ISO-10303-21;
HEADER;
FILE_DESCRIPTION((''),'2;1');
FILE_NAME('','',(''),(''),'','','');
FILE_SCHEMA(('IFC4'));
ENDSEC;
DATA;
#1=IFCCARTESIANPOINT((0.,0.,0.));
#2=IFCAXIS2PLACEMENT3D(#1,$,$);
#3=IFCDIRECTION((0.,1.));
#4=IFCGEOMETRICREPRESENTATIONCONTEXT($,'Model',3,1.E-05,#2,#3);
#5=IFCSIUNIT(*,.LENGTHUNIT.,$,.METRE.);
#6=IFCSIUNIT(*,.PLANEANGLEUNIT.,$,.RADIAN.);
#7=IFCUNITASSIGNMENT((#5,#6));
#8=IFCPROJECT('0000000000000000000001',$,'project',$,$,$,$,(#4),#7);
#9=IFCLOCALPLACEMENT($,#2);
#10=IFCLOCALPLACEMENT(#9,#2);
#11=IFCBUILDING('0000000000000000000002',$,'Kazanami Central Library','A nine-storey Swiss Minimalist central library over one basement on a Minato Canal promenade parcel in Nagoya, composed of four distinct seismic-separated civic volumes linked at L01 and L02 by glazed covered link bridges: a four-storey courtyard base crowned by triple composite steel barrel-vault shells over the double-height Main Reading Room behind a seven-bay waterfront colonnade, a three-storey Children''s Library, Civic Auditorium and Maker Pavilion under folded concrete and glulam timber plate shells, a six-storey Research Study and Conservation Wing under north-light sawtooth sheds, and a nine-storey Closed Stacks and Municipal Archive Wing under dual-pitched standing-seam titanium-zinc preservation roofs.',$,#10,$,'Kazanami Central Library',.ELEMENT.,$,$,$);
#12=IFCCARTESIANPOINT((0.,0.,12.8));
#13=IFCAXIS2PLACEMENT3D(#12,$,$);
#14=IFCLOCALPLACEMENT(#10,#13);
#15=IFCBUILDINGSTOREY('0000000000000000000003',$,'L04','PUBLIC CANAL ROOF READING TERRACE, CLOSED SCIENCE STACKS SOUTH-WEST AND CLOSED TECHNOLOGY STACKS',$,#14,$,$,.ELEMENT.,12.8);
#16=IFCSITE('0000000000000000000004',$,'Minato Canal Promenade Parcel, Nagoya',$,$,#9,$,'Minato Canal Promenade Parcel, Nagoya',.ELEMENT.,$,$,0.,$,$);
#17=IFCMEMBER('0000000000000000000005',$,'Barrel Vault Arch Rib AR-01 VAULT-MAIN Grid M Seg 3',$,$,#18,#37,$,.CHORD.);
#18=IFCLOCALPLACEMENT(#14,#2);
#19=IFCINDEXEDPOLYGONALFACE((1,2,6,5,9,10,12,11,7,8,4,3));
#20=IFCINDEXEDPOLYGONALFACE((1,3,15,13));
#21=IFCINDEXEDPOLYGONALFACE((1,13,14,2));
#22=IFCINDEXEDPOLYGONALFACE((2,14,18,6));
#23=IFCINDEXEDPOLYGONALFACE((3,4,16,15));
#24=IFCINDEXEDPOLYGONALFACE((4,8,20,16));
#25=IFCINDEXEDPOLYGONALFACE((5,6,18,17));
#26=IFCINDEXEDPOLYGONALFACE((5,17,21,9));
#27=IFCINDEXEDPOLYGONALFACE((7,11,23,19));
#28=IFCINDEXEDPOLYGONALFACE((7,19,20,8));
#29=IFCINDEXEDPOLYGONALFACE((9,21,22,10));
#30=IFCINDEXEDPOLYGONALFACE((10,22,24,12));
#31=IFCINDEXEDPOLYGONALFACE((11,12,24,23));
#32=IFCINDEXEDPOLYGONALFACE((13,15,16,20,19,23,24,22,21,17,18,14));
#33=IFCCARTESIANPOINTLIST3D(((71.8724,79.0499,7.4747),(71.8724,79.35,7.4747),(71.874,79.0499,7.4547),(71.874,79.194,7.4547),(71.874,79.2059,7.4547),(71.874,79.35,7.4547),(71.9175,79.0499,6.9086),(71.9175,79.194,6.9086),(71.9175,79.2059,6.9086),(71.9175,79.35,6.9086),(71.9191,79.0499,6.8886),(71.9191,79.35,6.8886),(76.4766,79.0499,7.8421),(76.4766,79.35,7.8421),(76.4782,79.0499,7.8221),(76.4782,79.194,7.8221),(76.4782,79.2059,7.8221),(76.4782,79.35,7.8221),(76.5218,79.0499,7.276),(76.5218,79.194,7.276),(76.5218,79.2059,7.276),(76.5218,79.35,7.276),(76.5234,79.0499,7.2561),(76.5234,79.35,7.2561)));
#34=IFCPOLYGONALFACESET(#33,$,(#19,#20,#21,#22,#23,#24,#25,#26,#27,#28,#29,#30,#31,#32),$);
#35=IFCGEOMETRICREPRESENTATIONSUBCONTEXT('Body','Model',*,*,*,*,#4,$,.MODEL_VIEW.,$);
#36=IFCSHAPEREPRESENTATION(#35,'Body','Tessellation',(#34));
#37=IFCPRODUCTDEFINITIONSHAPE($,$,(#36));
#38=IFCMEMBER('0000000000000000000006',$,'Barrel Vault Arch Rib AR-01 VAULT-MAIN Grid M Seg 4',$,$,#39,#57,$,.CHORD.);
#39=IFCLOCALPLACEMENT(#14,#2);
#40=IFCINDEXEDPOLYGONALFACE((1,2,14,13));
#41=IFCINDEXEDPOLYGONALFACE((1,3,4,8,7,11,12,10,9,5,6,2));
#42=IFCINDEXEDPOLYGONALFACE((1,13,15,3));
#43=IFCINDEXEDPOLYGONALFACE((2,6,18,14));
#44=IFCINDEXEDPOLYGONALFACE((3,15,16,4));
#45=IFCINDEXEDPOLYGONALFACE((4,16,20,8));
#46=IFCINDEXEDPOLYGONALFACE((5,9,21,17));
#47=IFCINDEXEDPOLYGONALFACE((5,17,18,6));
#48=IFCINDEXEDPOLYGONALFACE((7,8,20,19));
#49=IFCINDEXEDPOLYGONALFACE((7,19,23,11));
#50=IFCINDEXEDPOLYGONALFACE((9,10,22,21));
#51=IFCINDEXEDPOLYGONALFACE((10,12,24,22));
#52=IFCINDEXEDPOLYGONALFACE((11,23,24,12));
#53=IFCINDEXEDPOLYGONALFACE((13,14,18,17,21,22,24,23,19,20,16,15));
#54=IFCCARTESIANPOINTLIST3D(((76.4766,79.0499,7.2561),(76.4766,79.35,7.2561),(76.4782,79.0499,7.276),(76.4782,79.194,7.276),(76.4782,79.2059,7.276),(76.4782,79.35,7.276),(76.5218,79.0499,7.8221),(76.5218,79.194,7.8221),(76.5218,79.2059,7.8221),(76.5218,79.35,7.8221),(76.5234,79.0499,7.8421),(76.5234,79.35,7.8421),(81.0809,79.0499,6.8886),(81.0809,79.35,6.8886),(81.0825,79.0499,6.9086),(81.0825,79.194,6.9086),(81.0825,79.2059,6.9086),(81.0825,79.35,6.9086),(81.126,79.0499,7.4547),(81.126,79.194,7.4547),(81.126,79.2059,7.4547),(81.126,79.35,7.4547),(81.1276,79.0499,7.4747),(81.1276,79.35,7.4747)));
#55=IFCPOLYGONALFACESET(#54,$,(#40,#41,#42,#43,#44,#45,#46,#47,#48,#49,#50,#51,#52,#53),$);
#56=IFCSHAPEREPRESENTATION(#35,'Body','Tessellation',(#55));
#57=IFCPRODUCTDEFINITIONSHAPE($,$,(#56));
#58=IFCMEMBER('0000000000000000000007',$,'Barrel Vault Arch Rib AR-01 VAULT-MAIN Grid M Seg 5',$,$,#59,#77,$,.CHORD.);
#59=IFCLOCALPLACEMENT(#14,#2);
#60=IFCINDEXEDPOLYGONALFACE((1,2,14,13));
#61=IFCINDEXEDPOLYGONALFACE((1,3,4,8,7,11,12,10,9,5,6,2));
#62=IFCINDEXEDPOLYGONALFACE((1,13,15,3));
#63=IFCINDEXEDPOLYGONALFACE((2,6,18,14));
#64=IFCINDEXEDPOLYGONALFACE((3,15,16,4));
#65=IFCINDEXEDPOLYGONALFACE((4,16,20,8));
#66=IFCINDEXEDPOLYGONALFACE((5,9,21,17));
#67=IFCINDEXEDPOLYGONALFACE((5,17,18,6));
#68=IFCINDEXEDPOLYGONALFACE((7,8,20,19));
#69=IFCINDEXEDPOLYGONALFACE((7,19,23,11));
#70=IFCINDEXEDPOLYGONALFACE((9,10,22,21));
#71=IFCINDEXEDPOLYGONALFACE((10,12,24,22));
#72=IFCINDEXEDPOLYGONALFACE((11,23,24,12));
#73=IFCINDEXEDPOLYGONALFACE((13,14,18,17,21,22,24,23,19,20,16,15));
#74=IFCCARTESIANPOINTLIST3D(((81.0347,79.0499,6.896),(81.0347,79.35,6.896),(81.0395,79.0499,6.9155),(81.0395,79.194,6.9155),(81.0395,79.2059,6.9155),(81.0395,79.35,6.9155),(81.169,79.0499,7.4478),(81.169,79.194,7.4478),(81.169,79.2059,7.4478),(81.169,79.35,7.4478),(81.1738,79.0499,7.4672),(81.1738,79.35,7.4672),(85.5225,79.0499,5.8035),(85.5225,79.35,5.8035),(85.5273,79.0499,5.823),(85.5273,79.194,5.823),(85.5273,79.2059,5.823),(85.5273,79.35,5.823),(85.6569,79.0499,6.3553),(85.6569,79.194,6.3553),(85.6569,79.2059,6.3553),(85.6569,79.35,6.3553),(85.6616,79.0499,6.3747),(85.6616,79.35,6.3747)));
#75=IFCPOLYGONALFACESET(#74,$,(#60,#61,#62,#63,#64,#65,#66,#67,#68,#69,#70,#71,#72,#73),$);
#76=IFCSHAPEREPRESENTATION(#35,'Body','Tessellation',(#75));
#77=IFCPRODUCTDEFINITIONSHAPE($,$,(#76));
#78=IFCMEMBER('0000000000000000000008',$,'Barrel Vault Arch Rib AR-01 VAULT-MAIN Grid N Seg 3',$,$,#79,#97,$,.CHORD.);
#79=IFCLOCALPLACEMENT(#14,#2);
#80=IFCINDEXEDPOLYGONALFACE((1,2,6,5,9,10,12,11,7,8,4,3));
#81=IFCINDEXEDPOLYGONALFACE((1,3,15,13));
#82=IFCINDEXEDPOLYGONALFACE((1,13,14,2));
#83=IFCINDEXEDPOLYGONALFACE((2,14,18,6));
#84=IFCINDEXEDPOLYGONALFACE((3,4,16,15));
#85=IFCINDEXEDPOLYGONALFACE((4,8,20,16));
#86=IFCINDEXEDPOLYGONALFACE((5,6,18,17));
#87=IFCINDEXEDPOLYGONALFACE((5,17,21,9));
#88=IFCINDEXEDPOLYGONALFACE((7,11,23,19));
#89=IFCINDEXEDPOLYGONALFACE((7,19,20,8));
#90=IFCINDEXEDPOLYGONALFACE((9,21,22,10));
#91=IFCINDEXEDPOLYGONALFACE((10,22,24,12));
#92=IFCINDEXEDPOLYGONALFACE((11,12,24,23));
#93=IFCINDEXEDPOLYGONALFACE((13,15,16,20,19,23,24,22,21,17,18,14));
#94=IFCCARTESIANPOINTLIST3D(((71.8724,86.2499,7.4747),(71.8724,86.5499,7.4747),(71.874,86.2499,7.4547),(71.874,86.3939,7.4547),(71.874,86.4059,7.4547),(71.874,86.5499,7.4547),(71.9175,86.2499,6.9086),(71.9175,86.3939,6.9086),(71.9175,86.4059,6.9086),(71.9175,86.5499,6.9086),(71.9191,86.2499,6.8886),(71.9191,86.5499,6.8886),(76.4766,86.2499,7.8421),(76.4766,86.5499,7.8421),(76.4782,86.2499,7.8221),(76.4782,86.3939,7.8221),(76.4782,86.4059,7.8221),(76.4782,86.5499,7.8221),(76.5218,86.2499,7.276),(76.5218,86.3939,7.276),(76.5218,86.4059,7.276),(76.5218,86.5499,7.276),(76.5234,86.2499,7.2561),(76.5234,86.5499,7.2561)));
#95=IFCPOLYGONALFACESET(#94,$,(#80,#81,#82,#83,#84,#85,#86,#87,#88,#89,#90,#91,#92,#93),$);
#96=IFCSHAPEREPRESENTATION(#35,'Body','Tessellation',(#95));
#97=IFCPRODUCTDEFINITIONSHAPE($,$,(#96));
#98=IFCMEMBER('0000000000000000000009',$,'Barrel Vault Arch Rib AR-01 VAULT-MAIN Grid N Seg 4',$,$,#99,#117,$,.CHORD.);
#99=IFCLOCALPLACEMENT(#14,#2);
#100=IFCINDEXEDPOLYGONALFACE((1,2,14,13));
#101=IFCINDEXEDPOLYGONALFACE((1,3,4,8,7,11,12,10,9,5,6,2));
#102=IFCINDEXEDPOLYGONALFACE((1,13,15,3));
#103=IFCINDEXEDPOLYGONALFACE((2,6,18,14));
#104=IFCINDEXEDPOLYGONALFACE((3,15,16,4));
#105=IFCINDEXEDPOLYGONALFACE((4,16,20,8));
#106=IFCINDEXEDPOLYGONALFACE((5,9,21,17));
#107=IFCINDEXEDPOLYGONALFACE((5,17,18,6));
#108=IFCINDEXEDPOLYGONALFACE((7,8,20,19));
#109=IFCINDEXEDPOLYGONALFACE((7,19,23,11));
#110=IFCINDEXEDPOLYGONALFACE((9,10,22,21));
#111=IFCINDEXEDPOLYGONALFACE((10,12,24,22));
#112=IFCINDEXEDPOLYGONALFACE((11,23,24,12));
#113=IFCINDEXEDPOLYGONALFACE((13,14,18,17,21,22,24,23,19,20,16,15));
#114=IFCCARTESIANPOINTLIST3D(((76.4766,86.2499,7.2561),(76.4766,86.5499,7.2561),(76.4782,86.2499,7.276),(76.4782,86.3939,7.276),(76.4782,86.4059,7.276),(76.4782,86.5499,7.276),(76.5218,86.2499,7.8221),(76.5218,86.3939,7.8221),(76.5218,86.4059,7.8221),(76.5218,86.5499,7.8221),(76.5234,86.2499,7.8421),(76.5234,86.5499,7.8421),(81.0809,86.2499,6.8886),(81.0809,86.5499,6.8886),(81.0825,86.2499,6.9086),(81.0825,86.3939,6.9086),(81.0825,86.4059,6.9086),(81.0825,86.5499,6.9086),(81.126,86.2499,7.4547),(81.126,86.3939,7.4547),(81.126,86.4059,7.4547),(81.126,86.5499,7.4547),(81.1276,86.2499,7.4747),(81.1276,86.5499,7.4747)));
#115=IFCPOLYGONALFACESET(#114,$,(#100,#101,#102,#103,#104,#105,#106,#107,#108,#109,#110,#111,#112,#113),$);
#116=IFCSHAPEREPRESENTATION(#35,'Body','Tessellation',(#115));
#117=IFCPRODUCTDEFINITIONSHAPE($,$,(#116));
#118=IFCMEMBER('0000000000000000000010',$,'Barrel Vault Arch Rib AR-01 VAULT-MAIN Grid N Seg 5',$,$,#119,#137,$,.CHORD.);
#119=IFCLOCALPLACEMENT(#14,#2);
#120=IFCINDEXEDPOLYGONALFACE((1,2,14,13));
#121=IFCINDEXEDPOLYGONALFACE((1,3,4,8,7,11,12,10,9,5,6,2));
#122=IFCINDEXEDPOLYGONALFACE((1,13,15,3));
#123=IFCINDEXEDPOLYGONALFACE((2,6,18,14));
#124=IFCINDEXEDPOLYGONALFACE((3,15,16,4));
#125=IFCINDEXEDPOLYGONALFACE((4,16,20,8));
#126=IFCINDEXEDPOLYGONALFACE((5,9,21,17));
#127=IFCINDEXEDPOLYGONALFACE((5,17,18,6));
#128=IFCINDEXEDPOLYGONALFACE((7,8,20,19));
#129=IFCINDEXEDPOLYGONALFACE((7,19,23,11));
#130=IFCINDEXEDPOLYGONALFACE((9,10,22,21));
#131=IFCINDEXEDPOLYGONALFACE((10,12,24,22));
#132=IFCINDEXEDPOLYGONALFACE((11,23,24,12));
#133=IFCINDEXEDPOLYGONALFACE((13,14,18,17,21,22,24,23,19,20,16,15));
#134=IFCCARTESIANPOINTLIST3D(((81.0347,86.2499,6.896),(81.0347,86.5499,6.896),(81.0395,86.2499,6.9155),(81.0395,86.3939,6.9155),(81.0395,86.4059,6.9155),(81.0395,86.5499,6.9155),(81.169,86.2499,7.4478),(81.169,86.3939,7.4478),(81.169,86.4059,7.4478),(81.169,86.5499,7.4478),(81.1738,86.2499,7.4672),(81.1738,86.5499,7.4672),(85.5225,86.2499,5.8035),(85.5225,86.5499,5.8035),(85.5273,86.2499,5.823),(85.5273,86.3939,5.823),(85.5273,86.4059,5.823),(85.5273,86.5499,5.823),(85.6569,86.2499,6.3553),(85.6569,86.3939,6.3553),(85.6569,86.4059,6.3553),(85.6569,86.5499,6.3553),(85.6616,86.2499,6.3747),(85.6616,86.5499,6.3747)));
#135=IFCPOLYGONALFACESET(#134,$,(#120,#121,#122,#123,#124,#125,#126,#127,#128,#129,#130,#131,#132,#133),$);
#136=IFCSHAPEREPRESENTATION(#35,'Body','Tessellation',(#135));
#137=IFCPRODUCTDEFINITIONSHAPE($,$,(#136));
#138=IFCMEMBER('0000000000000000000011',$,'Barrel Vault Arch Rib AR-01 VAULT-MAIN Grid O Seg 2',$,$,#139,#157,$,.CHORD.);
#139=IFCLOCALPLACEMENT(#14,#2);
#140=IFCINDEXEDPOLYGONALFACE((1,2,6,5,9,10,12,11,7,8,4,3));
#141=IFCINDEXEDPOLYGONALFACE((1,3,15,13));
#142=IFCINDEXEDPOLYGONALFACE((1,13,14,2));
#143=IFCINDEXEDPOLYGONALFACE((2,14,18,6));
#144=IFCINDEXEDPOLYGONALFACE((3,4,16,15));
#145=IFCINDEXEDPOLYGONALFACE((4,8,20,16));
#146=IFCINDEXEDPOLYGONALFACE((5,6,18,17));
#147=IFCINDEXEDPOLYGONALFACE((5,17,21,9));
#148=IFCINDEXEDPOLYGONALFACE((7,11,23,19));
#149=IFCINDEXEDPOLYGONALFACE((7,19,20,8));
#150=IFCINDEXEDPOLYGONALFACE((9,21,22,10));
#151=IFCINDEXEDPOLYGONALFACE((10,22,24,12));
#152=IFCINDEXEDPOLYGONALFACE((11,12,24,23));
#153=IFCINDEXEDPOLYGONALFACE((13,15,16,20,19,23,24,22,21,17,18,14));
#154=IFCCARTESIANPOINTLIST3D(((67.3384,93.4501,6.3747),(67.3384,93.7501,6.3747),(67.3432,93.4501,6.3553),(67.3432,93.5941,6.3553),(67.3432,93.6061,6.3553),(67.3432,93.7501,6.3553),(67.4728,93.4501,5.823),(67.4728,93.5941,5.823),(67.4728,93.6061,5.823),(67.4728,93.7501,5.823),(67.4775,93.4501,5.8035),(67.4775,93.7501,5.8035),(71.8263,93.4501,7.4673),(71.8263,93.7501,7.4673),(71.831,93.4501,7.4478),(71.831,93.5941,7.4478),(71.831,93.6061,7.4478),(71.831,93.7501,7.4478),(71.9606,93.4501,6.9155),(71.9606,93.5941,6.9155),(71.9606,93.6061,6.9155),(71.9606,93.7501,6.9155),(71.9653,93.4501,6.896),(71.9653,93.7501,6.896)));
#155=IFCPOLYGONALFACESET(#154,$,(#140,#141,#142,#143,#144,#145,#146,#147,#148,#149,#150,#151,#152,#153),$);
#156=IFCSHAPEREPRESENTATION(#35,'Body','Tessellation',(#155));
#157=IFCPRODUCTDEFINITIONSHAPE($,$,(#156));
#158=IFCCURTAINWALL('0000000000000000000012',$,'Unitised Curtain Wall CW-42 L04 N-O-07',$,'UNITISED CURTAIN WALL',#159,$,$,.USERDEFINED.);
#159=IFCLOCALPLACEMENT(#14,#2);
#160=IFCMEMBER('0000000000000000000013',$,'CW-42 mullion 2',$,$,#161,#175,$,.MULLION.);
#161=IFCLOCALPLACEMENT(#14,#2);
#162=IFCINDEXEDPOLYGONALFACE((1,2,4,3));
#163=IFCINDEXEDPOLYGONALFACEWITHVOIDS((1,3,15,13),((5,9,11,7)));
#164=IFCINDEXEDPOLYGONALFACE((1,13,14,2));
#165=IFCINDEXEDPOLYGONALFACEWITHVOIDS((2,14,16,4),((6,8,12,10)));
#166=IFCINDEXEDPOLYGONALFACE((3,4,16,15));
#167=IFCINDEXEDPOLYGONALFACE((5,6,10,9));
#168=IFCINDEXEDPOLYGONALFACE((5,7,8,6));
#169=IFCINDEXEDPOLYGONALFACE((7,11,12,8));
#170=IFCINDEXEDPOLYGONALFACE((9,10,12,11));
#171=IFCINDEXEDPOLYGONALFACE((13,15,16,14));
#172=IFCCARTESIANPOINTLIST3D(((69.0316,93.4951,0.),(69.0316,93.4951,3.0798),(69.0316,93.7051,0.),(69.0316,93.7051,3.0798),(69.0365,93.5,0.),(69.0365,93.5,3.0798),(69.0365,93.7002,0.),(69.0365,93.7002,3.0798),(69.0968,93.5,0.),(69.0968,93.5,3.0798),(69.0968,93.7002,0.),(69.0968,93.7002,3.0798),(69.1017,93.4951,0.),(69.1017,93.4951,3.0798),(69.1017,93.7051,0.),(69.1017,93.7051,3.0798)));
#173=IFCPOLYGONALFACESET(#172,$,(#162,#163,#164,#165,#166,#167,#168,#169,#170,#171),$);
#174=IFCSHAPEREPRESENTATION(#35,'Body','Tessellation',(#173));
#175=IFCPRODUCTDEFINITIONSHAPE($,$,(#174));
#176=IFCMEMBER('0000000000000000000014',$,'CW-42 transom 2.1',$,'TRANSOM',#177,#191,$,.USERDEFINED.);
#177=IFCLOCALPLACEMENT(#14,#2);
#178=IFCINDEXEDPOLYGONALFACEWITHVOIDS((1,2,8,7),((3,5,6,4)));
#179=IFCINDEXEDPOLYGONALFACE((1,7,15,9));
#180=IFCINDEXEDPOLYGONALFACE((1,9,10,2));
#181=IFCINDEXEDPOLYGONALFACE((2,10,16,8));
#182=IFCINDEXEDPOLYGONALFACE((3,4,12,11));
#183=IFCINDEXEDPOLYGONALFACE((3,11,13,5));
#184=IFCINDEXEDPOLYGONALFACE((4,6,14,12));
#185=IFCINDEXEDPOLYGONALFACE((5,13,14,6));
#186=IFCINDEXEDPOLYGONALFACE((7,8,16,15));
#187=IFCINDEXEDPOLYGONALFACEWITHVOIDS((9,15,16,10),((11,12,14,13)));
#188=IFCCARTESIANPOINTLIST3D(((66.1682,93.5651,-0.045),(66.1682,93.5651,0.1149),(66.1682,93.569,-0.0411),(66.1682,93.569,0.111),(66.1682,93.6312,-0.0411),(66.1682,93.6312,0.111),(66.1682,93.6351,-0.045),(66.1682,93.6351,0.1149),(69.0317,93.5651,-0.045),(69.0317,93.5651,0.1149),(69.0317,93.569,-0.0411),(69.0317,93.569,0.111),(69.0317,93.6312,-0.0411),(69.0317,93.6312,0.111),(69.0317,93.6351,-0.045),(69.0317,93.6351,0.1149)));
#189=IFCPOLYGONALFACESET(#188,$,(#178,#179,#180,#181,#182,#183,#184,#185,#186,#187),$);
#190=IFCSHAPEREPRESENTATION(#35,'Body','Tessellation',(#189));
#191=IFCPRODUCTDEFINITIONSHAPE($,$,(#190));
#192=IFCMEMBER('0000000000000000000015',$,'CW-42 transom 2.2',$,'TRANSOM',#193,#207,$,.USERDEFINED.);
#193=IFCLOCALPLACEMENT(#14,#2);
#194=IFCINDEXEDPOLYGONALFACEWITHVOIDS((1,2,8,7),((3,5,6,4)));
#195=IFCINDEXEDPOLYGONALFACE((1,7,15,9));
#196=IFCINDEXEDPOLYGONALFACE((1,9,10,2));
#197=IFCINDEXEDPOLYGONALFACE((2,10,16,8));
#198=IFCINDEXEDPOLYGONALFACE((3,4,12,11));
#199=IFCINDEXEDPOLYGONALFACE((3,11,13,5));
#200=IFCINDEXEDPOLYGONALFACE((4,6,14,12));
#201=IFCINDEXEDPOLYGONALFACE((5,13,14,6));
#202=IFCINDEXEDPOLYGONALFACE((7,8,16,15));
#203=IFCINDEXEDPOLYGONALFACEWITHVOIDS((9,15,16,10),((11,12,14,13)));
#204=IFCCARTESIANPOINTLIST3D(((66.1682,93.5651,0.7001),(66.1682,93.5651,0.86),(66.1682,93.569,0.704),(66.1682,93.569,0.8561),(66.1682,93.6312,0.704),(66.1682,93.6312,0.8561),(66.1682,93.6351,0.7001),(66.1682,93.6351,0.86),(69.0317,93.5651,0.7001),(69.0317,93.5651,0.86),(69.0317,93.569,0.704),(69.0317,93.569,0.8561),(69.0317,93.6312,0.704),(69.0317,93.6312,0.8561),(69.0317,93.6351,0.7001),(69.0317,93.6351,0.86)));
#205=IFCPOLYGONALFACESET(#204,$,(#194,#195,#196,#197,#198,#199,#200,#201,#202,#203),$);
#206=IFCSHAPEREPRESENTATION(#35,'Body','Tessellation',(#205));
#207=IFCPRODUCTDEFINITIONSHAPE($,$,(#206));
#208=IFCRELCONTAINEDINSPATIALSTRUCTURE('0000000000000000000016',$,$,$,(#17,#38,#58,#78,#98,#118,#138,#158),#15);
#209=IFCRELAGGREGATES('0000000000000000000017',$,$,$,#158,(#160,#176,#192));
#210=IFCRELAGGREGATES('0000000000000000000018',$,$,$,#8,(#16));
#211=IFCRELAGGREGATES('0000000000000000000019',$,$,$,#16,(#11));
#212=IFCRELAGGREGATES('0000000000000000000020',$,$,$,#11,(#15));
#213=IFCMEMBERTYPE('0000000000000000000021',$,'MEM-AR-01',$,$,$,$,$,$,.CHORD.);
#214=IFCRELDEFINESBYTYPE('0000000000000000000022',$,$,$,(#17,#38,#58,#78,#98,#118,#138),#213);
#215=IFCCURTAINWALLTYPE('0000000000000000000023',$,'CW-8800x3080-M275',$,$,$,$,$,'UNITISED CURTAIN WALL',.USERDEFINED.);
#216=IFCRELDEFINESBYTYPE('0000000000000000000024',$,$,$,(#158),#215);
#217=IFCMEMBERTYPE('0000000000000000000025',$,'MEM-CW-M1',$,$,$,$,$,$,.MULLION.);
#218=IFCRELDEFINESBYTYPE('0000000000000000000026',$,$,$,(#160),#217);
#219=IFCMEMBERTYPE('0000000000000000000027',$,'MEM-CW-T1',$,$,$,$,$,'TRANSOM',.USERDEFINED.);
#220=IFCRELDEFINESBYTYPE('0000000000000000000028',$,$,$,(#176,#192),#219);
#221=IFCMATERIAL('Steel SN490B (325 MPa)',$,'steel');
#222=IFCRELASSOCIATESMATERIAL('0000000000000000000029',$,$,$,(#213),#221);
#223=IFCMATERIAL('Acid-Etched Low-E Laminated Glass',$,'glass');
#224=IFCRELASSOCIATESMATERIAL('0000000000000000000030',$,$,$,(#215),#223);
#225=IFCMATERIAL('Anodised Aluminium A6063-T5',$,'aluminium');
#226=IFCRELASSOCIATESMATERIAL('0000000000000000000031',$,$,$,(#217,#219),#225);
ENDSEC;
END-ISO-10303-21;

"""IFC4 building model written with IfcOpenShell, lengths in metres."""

from ifc_helpers import new_model, si_unit, direction, frame, origin, origin_2d, place, context, subcontext, project, spatial, hollow_rectangle, i_section, extrude, material, material_profile, profile_set, type_object, element, aggregate, save


model = new_model("IFC4")

# Units and contexts
model_context = context("Model", 3, precision=1e-05, world=origin(), true_north=direction((0.0, 1.0)))
body_context = subcontext(model_context, "Body", "Model", "MODEL_VIEW")
ifc_project = project(units=[si_unit("LENGTHUNIT", "METRE"), si_unit("PLANEANGLEUNIT", "RADIAN")], contexts=[model_context])

# Site, building, storey
site_placement = place(None, origin())
site = spatial("IfcSite", under=ifc_project, at=site_placement, Name="Minato Canal Promenade Parcel, Nagoya", LongName="Minato Canal Promenade Parcel, Nagoya", CompositionType="ELEMENT", RefElevation=0.0)
building_placement = place(site_placement, origin())
building = spatial("IfcBuilding", under=site, at=building_placement, Name="Kazanami Central Library", Description="A nine-storey Swiss Minimalist central library over one basement on a Minato Canal promenade parcel in Nagoya, composed of four distinct seismic-separated civic volumes linked at L01 and L02 by glazed covered link bridges: a four-storey courtyard base crowned by triple composite steel barrel-vault shells over the double-height Main Reading Room behind a seven-bay waterfront colonnade, a three-storey Children's Library, Civic Auditorium and Maker Pavilion under folded concrete and glulam timber plate shells, a six-storey Research Study and Conservation Wing under north-light sawtooth sheds, and a nine-storey Closed Stacks and Municipal Archive Wing under dual-pitched standing-seam titanium-zinc preservation roofs.", LongName="Kazanami Central Library", CompositionType="ELEMENT")
storey_placement = place(building_placement, frame((0.0, 0.0, 12.8)))
storey = spatial("IfcBuildingStorey", under=building, at=storey_placement, Name="L04", Description="PUBLIC CANAL ROOF READING TERRACE, CLOSED SCIENCE STACKS SOUTH-WEST AND CLOSED TECHNOLOGY STACKS", CompositionType="ELEMENT", Elevation=12.8)

# Members
ifc_material_1 = material(Name="Steel SN490B (325 MPa)", Category="steel")
ifc_material_profile_1 = material_profile(ifc_material_1, i_section(OverallWidth=0.3, OverallDepth=0.5879, WebThickness=0.012, FlangeThickness=0.02, at=origin_2d()), Name="H-588x300x12x20")
ifc_profile_set_1 = profile_set([ifc_material_profile_1], Name="Steel SN490B (325 MPa)")
member_type_1 = type_object("IfcMemberType", Name="MEM-AR-01", PredefinedType="CHORD", material=ifc_profile_set_1)
for number, where, z_axis, x_axis, name in (
    (1, (71.8958, 79.2, 7.1816), (0.996831, 0.0, 0.07955), (0.0, 1.0, 0.0), "Barrel Vault Arch Rib AR-01 VAULT-MAIN Grid M Seg 3"),
    (2, (76.5, 79.2, 7.5491), (0.996831, 0.0, -0.07955), (0.0, 1.0, 0.0), "Barrel Vault Arch Rib AR-01 VAULT-MAIN Grid M Seg 4"),
    (3, (81.1042, 79.2, 7.1816), (0.971623, 0.0, -0.236536), (0.0, 1.0, 0.0), "Barrel Vault Arch Rib AR-01 VAULT-MAIN Grid M Seg 5"),
    (4, (71.8958, 86.3999, 7.1816), (0.996831, 0.0, 0.07955), (0.0, 1.0, 0.0), "Barrel Vault Arch Rib AR-01 VAULT-MAIN Grid N Seg 3"),
    (5, (76.5, 86.3999, 7.5491), (0.996831, 0.0, -0.07955), (0.0, 1.0, 0.0), "Barrel Vault Arch Rib AR-01 VAULT-MAIN Grid N Seg 4"),
    (6, (81.1042, 86.3999, 7.1816), (0.971623, 0.0, -0.236536), (0.0, 1.0, 0.0), "Barrel Vault Arch Rib AR-01 VAULT-MAIN Grid N Seg 5"),
    (7, (67.408, 93.6001, 6.0891), (0.971623, 0.0, 0.236536), (0.0, 1.0, 0.0), "Barrel Vault Arch Rib AR-01 VAULT-MAIN Grid O Seg 2"),
):
    element("IfcMember", number, at=place(storey_placement, frame(where, z_axis=z_axis, x_axis=x_axis)), inside=storey, type_object=member_type_1, Name=name, PredefinedType="CHORD", context=body_context, shape_type="SweptSolid", body=[
        extrude(i_section(OverallWidth=0.3, OverallDepth=0.5879, WebThickness=0.012, FlangeThickness=0.02, at=origin_2d()), origin(), (0.0, 0.0, 1.0), 4.6189),
    ])

# Curtain wall, members
ifc_material_2 = material(Name="Acid-Etched Low-E Laminated Glass", Category="glass")
curtain_wall_type = type_object("IfcCurtainWallType", Name="CW-8800x3080-M275", ElementType="UNITISED CURTAIN WALL", PredefinedType="USERDEFINED", material=ifc_material_2)
curtain_wall_placement = place(storey_placement, origin())
curtain_wall = element("IfcCurtainWall", 8, at=curtain_wall_placement, inside=storey, type_object=curtain_wall_type, Name="Unitised Curtain Wall CW-42 L04 N-O-07", ObjectType="UNITISED CURTAIN WALL", PredefinedType="USERDEFINED")
ifc_material_3 = material(Name="Anodised Aluminium A6063-T5", Category="aluminium")
ifc_material_profile_2 = material_profile(ifc_material_3, hollow_rectangle(XDim=0.0701, YDim=0.21, WallThickness=0.0049, at=origin_2d()), Name="ALU-MULL-70x210x5")
ifc_profile_set_2 = profile_set([ifc_material_profile_2], Name="Anodised Aluminium A6063-T5")
member_type_2 = type_object("IfcMemberType", Name="MEM-CW-M1", PredefinedType="MULLION", material=ifc_profile_set_2)
member_1_placement = place(storey_placement, frame((69.0667, 93.6001, 0.0), z_axis=(0.0, 0.0, 1.0), x_axis=(-1.0, 0.0, 0.0)))
member_1 = element("IfcMember", 9, at=member_1_placement, type_object=member_type_2, Name="CW-42 mullion 2", PredefinedType="MULLION", context=body_context, shape_type="SweptSolid", body=[
    extrude(hollow_rectangle(XDim=0.0701, YDim=0.21, WallThickness=0.0049, at=origin_2d()), origin(), (0.0, 0.0, 1.0), 3.0798),
])
ifc_material_profile_3 = material_profile(ifc_material_3, hollow_rectangle(XDim=0.0701, YDim=0.1599, WallThickness=0.0039, at=origin_2d()), Name="ALU-TRAN-70x160x4")
ifc_profile_set_3 = profile_set([ifc_material_profile_3], Name="Anodised Aluminium A6063-T5")
member_type_3 = type_object("IfcMemberType", Name="MEM-CW-T1", ElementType="TRANSOM", PredefinedType="USERDEFINED", material=ifc_profile_set_3)
member_2_placement = place(storey_placement, frame((69.0317, 93.6001, 0.0349), z_axis=(-1.0, 0.0, 0.0), x_axis=(0.0, -1.0, 0.0)))
member_2 = element("IfcMember", 10, at=member_2_placement, type_object=member_type_3, Name="CW-42 transom 2.1", ObjectType="TRANSOM", PredefinedType="USERDEFINED", context=body_context, shape_type="SweptSolid", body=[
    extrude(hollow_rectangle(XDim=0.0701, YDim=0.1599, WallThickness=0.0039, at=origin_2d()), origin(), (0.0, 0.0, 1.0), 2.8635),
])
member_3_placement = place(storey_placement, frame((69.0317, 93.6001, 0.78), z_axis=(-1.0, 0.0, 0.0), x_axis=(0.0, -1.0, 0.0)))
member_3 = element("IfcMember", 11, at=member_3_placement, type_object=member_type_3, Name="CW-42 transom 2.2", ObjectType="TRANSOM", PredefinedType="USERDEFINED", context=body_context, shape_type="SweptSolid", body=[
    extrude(hollow_rectangle(XDim=0.0701, YDim=0.1599, WallThickness=0.0039, at=origin_2d()), origin(), (0.0, 0.0, 1.0), 2.8635),
])

aggregate(curtain_wall, [member_1, member_2, member_3])

save(model, "model.ifc")
